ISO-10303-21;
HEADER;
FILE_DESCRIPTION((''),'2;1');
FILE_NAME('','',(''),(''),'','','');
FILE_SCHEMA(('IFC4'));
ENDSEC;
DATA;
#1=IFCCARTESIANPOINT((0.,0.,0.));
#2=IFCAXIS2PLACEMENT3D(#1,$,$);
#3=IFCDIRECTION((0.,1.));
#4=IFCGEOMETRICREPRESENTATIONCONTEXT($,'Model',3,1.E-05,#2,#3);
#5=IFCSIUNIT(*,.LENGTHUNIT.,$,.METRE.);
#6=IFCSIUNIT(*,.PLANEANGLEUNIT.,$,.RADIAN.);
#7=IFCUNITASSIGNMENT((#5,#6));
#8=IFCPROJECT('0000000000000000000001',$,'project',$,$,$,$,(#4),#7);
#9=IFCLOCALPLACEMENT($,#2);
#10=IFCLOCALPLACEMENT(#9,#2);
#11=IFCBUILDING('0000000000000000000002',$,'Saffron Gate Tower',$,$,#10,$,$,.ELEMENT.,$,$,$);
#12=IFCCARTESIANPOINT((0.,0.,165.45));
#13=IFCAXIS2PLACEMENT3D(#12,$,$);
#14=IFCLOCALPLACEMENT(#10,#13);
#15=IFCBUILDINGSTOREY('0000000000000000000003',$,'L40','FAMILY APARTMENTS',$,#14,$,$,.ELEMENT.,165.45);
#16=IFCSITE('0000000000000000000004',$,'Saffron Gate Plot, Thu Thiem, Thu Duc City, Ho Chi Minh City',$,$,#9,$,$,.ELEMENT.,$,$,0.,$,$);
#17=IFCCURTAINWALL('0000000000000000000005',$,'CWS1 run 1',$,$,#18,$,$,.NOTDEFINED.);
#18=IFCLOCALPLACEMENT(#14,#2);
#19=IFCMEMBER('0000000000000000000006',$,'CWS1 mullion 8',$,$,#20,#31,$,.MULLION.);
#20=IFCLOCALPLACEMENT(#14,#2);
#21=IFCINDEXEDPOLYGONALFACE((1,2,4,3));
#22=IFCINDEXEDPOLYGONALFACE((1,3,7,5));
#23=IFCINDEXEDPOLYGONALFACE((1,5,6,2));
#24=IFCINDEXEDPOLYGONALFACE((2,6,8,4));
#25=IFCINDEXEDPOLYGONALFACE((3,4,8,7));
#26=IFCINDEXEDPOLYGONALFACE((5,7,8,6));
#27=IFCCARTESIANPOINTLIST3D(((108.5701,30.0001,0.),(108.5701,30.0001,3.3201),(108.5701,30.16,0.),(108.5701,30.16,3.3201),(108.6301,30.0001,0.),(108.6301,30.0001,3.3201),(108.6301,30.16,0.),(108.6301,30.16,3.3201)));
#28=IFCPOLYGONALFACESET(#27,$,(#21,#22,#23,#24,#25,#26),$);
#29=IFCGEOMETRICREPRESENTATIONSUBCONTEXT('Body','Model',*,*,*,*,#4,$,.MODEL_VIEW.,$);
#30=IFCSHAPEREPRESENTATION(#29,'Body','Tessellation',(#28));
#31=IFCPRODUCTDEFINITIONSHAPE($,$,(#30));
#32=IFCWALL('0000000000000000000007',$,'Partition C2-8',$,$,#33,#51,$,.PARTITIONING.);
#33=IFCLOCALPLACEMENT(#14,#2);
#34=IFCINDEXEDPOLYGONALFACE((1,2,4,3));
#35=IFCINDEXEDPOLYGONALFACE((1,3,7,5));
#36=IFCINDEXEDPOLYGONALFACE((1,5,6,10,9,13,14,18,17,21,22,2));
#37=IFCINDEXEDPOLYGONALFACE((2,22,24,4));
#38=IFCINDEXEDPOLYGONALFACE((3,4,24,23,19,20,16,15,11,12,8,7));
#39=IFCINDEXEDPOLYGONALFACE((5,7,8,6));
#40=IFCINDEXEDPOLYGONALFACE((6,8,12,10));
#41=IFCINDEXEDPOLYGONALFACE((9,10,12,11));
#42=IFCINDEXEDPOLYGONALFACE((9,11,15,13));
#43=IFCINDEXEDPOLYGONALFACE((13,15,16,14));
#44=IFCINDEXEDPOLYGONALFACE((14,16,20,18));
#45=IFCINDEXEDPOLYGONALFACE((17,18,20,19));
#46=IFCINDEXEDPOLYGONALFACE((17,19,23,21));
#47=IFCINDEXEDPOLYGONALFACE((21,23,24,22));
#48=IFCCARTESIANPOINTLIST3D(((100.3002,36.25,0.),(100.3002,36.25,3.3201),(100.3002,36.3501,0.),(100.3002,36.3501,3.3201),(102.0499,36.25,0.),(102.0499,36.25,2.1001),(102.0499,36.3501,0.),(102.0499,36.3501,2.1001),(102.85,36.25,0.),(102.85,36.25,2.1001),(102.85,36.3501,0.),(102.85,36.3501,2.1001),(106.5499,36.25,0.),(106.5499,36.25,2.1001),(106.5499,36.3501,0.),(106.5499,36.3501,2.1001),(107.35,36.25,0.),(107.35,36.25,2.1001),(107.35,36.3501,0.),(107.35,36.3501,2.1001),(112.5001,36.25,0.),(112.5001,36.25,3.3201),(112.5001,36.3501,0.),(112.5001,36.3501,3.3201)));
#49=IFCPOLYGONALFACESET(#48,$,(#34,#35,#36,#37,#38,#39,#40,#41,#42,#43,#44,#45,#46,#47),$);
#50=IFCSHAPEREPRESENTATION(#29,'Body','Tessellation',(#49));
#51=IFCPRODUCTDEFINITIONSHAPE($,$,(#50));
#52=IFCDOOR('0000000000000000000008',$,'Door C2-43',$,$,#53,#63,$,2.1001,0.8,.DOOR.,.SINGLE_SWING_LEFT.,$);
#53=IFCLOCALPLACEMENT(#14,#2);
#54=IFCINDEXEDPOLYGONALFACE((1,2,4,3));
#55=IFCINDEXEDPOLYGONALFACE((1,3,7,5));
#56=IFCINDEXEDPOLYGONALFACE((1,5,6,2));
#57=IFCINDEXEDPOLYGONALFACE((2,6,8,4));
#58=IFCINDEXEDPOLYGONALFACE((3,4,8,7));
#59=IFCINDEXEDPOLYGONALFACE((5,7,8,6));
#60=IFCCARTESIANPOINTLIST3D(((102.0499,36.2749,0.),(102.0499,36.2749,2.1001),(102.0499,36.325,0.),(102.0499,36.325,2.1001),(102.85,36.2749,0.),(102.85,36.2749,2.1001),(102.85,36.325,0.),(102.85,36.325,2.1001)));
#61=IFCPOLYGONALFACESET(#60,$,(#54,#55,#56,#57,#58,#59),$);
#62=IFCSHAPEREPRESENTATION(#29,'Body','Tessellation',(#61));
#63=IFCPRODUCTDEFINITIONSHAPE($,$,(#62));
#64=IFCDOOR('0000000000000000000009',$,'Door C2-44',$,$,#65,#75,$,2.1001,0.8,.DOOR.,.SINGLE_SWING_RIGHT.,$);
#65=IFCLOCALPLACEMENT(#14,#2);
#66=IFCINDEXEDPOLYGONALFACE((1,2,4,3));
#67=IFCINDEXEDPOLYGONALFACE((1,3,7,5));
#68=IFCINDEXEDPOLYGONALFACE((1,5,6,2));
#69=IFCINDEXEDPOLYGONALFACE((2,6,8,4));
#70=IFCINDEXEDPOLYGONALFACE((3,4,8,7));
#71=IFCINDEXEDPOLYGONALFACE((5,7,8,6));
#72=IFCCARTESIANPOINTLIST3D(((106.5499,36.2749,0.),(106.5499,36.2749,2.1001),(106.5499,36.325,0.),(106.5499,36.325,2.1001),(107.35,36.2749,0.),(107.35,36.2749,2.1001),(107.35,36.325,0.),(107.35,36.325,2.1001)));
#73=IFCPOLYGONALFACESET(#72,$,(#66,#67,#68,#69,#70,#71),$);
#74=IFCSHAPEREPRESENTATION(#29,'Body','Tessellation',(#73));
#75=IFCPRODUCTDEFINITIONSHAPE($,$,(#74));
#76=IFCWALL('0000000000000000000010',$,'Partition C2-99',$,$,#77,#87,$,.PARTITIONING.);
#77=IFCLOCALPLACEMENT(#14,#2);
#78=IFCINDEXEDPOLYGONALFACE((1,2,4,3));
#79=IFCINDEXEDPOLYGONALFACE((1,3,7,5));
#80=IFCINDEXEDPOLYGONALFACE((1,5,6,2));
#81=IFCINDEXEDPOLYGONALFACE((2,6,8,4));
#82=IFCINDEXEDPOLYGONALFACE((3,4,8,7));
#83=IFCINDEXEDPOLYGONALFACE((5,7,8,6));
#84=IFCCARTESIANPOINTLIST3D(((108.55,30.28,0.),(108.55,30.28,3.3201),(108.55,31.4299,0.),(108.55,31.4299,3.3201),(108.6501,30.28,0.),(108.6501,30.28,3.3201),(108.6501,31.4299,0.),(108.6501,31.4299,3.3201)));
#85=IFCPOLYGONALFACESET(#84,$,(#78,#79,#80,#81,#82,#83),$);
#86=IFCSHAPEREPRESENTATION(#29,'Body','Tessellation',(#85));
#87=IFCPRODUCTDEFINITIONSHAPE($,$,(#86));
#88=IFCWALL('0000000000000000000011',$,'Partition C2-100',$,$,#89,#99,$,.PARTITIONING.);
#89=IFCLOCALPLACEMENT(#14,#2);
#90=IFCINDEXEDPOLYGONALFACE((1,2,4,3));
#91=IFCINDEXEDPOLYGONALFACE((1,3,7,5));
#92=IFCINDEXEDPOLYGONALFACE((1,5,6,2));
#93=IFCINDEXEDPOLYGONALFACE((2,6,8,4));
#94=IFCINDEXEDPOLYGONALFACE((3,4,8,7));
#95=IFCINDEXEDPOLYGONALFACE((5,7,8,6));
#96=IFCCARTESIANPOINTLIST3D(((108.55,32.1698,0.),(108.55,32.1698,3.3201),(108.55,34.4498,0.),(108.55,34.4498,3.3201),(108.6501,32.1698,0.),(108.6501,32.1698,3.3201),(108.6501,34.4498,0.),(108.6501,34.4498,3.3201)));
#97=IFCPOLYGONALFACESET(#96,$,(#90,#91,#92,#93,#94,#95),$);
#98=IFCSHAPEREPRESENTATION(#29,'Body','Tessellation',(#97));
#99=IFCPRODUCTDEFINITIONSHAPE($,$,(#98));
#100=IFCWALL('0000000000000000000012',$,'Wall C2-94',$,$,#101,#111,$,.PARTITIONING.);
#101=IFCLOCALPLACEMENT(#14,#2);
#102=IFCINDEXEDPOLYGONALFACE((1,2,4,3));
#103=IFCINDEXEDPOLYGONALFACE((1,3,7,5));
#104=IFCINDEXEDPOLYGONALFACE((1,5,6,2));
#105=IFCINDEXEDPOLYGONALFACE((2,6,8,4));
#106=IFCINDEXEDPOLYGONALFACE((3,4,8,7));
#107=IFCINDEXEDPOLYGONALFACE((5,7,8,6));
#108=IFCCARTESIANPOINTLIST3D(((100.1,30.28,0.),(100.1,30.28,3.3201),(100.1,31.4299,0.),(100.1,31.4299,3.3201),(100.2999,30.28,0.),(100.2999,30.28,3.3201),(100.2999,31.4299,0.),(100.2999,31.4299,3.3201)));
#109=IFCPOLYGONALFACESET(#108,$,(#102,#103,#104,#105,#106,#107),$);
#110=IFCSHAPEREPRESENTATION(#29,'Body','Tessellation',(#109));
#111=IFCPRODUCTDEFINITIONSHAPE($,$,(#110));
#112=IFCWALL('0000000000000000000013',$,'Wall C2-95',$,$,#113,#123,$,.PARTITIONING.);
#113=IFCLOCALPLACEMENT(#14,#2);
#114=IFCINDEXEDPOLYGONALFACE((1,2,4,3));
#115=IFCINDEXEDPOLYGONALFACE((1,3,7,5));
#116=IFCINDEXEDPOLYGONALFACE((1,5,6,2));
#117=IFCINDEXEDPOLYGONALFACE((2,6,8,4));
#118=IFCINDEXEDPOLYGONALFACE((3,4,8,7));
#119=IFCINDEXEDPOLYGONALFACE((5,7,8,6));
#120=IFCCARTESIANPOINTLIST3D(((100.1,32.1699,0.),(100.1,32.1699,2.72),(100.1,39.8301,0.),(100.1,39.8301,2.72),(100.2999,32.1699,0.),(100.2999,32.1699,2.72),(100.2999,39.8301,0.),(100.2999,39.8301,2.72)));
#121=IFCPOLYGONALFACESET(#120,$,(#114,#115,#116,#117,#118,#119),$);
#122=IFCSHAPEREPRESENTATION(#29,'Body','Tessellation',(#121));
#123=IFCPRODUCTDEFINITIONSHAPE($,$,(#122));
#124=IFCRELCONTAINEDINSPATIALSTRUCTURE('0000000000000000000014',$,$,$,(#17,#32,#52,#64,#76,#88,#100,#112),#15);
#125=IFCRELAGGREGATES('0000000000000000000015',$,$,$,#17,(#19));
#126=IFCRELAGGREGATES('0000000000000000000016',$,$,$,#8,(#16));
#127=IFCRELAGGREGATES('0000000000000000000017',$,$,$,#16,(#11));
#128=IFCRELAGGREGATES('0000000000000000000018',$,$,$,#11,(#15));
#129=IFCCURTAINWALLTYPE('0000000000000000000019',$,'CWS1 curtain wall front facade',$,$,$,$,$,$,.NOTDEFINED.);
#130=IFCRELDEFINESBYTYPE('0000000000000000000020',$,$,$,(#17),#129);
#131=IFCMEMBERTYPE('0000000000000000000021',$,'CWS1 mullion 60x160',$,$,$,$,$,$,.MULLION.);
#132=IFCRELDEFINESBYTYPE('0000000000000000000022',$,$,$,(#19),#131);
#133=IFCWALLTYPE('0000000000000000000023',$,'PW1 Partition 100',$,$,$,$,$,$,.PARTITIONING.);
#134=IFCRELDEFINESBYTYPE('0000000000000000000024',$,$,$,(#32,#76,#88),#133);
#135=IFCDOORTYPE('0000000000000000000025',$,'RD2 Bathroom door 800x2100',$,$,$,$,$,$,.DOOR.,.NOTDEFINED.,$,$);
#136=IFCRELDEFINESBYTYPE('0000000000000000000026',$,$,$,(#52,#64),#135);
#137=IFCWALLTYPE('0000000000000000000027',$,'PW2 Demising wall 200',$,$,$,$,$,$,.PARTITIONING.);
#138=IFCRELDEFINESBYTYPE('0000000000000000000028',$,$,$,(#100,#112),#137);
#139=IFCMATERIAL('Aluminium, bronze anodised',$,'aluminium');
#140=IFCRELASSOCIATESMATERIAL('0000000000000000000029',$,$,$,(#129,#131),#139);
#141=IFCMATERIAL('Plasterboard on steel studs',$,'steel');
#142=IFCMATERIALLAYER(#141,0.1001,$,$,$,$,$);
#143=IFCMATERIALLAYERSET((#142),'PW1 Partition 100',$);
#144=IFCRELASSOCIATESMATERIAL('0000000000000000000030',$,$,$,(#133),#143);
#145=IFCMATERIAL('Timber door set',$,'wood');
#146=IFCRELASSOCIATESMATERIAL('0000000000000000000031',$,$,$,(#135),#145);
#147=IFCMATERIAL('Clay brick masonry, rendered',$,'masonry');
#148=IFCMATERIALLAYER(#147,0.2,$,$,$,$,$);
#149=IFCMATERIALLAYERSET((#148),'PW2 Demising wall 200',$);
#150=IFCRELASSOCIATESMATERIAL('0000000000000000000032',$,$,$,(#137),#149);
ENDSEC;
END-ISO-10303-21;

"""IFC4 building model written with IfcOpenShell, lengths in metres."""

from ifc_helpers import new_model, si_unit, direction, frame, frame_2d, origin, origin_2d, place, context, subcontext, project, spatial, rectangle, extrude, material, layer, layer_set, material_profile, profile_set, type_object, element, fill, aggregate, save


model = new_model("IFC4")

# Units and contexts
model_context = context("Model", 3, precision=1e-05, world=origin(), true_north=direction((0.0, 1.0)))
body_context = subcontext(model_context, "Body", "Model", "MODEL_VIEW")
ifc_project = project(units=[si_unit("LENGTHUNIT", "METRE"), si_unit("PLANEANGLEUNIT", "RADIAN")], contexts=[model_context])

# Site, building, storey
site_placement = place(None, origin())
site = spatial("IfcSite", under=ifc_project, at=site_placement, Name="Saffron Gate Plot, Thu Thiem, Thu Duc City, Ho Chi Minh City", CompositionType="ELEMENT", RefElevation=0.0)
building_placement = place(site_placement, origin())
building = spatial("IfcBuilding", under=site, at=building_placement, Name="Saffron Gate Tower", CompositionType="ELEMENT")
storey_placement = place(building_placement, frame((0.0, 0.0, 165.45)))
storey = spatial("IfcBuildingStorey", under=building, at=storey_placement, Name="L40", Description="FAMILY APARTMENTS", CompositionType="ELEMENT", Elevation=165.45)

# Curtain wall, member
ifc_material_1 = material(Name="Aluminium, bronze anodised", Category="aluminium")
curtain_wall_type = type_object("IfcCurtainWallType", Name="CWS1 curtain wall front facade", PredefinedType="NOTDEFINED", material=ifc_material_1)
curtain_wall_placement = place(storey_placement, origin())
curtain_wall = element("IfcCurtainWall", 1, at=curtain_wall_placement, inside=storey, type_object=curtain_wall_type, Name="CWS1 run 1", PredefinedType="NOTDEFINED")
ifc_material_profile_1 = material_profile(ifc_material_1, rectangle(XDim=0.1599, YDim=0.0601, at=origin_2d()))
ifc_profile_set_1 = profile_set([ifc_material_profile_1], Name="Aluminium, bronze anodised")
member_type = type_object("IfcMemberType", Name="CWS1 mullion 60x160", PredefinedType="MULLION", material=ifc_profile_set_1)
member_placement = place(storey_placement, frame((108.6001, 30.0801, 0.0), z_axis=(0.0, 0.0, 1.0), x_axis=(0.0, 1.0, 0.0)))
member = element("IfcMember", 2, at=member_placement, type_object=member_type, Name="CWS1 mullion 8", PredefinedType="MULLION", context=body_context, shape_type="SweptSolid", body=[
    extrude(rectangle(XDim=0.1599, YDim=0.0601, at=origin_2d()), origin(), (0.0, 0.0, 1.0), 3.3201),
])
aggregate(curtain_wall, [member])

# Wall, openings, doors
ifc_material_2 = material(Name="Plasterboard on steel studs", Category="steel")
ifc_layer_1 = layer(ifc_material_2, 0.1001)
ifc_layer_set_1 = layer_set([ifc_layer_1], Name="PW1 Partition 100")
wall_type_1 = type_object("IfcWallType", Name="PW1 Partition 100", PredefinedType="PARTITIONING", material=ifc_layer_set_1)
wall_1_placement = place(storey_placement, frame((100.3, 36.3, 0.0), z_axis=(0.0, 0.0, 1.0), x_axis=(1.0, 0.0, 0.0)))
wall_1 = element("IfcWall", 3, at=wall_1_placement, inside=storey, type_object=wall_type_1, Name="Partition C2-8", PredefinedType="PARTITIONING", context=body_context, shape_type="SweptSolid", body=[
    extrude(rectangle(XDim=12.2, YDim=0.1001, at=frame_2d((6.1001, 0.0))), origin(), (0.0, 0.0, 1.0), 3.3201),
])
opening_1_placement = place(wall_1_placement, frame((1.75, 0.0, 0.0)))
opening_1 = element("IfcOpeningElement", 4, at=opening_1_placement, cuts=wall_1, PredefinedType="OPENING", context=body_context, shape_type="SweptSolid", body=[
    extrude(rectangle(XDim=0.8, YDim=2.1001, at=frame_2d((0.3999, 1.05))), frame((0.0, 0.0601, 0.0), z_axis=(0.0, -1.0, 0.0), x_axis=(1.0, 0.0, 0.0)), (0.0, 0.0, 1.0), 0.1201),
])
opening_2_placement = place(wall_1_placement, frame((6.25, 0.0, 0.0)))
opening_2 = element("IfcOpeningElement", 5, at=opening_2_placement, cuts=wall_1, PredefinedType="OPENING", context=body_context, shape_type="SweptSolid", body=[
    extrude(rectangle(XDim=0.8, YDim=2.1001, at=frame_2d((0.3999, 1.05))), frame((0.0, 0.0601, 0.0), z_axis=(0.0, -1.0, 0.0), x_axis=(1.0, 0.0, 0.0)), (0.0, 0.0, 1.0), 0.1201),
])
ifc_material_3 = material(Name="Timber door set", Category="wood")
door_type = type_object("IfcDoorType", Name="RD2 Bathroom door 800x2100", OperationType="NOTDEFINED", PredefinedType="DOOR", material=ifc_material_3)
door_1_placement = place(opening_1_placement, origin())
door_1 = element("IfcDoor", 6, at=door_1_placement, inside=storey, type_object=door_type, Name="Door C2-43", OperationType="SINGLE_SWING_LEFT", OverallHeight=2.1001, OverallWidth=0.8, PredefinedType="DOOR", context=body_context, shape_type="SweptSolid", body=[
    extrude(rectangle(XDim=0.8, YDim=2.1001, at=frame_2d((0.3999, 1.05))), frame((0.0, 0.0249, 0.0), z_axis=(0.0, -1.0, 0.0), x_axis=(1.0, 0.0, 0.0)), (0.0, 0.0, 1.0), 0.05),
])
fill(opening_1, door_1)
door_2_placement = place(opening_2_placement, origin())
door_2 = element("IfcDoor", 7, at=door_2_placement, inside=storey, type_object=door_type, Name="Door C2-44", OperationType="SINGLE_SWING_RIGHT", OverallHeight=2.1001, OverallWidth=0.8, PredefinedType="DOOR", context=body_context, shape_type="SweptSolid", body=[
    extrude(rectangle(XDim=0.8, YDim=2.1001, at=frame_2d((0.3999, 1.05))), frame((0.0, 0.0249, 0.0), z_axis=(0.0, -1.0, 0.0), x_axis=(1.0, 0.0, 0.0)), (0.0, 0.0, 1.0), 0.05),
])
fill(opening_2, door_2)

# Walls
wall_2_placement = place(storey_placement, frame((108.6001, 31.4299, 0.0), z_axis=(0.0, 0.0, 1.0), x_axis=(0.0, -1.0, 0.0)))
element("IfcWall", 8, at=wall_2_placement, inside=storey, type_object=wall_type_1, Name="Partition C2-99", PredefinedType="PARTITIONING", context=body_context, shape_type="SweptSolid", body=[
    extrude(rectangle(XDim=1.1499, YDim=0.1001, at=frame_2d((0.575, 0.0))), origin(), (0.0, 0.0, 1.0), 3.3201),
])
wall_3_placement = place(storey_placement, frame((108.6001, 34.45, 0.0), z_axis=(0.0, 0.0, 1.0), x_axis=(0.0, -1.0, 0.0)))
element("IfcWall", 9, at=wall_3_placement, inside=storey, type_object=wall_type_1, Name="Partition C2-100", PredefinedType="PARTITIONING", context=body_context, shape_type="SweptSolid", body=[
    extrude(rectangle(XDim=2.28, YDim=0.1001, at=frame_2d((1.1401, 0.0))), origin(), (0.0, 0.0, 1.0), 3.3201),
])
ifc_material_4 = material(Name="Clay brick masonry, rendered", Category="masonry")
ifc_layer_2 = layer(ifc_material_4, 0.2)
ifc_layer_set_2 = layer_set([ifc_layer_2], Name="PW2 Demising wall 200")
wall_type_2 = type_object("IfcWallType", Name="PW2 Demising wall 200", PredefinedType="PARTITIONING", material=ifc_layer_set_2)
wall_4_placement = place(storey_placement, frame((100.2, 31.4299, 0.0), z_axis=(0.0, 0.0, 1.0), x_axis=(0.0, -1.0, 0.0)))
element("IfcWall", 10, at=wall_4_placement, inside=storey, type_object=wall_type_2, Name="Wall C2-94", PredefinedType="PARTITIONING", context=body_context, shape_type="SweptSolid", body=[
    extrude(rectangle(XDim=1.1499, YDim=0.2, at=frame_2d((0.575, 0.0))), origin(), (0.0, 0.0, 1.0), 3.3201),
])
wall_5_placement = place(storey_placement, frame((100.2, 39.8301, 0.0), z_axis=(0.0, 0.0, 1.0), x_axis=(0.0, -1.0, 0.0)))
element("IfcWall", 11, at=wall_5_placement, inside=storey, type_object=wall_type_2, Name="Wall C2-95", PredefinedType="PARTITIONING", context=body_context, shape_type="SweptSolid", body=[
    extrude(rectangle(XDim=7.6602, YDim=0.2, at=frame_2d((3.8301, 0.0))), origin(), (0.0, 0.0, 1.0), 2.72),
])

save(model, "model.ifc")
